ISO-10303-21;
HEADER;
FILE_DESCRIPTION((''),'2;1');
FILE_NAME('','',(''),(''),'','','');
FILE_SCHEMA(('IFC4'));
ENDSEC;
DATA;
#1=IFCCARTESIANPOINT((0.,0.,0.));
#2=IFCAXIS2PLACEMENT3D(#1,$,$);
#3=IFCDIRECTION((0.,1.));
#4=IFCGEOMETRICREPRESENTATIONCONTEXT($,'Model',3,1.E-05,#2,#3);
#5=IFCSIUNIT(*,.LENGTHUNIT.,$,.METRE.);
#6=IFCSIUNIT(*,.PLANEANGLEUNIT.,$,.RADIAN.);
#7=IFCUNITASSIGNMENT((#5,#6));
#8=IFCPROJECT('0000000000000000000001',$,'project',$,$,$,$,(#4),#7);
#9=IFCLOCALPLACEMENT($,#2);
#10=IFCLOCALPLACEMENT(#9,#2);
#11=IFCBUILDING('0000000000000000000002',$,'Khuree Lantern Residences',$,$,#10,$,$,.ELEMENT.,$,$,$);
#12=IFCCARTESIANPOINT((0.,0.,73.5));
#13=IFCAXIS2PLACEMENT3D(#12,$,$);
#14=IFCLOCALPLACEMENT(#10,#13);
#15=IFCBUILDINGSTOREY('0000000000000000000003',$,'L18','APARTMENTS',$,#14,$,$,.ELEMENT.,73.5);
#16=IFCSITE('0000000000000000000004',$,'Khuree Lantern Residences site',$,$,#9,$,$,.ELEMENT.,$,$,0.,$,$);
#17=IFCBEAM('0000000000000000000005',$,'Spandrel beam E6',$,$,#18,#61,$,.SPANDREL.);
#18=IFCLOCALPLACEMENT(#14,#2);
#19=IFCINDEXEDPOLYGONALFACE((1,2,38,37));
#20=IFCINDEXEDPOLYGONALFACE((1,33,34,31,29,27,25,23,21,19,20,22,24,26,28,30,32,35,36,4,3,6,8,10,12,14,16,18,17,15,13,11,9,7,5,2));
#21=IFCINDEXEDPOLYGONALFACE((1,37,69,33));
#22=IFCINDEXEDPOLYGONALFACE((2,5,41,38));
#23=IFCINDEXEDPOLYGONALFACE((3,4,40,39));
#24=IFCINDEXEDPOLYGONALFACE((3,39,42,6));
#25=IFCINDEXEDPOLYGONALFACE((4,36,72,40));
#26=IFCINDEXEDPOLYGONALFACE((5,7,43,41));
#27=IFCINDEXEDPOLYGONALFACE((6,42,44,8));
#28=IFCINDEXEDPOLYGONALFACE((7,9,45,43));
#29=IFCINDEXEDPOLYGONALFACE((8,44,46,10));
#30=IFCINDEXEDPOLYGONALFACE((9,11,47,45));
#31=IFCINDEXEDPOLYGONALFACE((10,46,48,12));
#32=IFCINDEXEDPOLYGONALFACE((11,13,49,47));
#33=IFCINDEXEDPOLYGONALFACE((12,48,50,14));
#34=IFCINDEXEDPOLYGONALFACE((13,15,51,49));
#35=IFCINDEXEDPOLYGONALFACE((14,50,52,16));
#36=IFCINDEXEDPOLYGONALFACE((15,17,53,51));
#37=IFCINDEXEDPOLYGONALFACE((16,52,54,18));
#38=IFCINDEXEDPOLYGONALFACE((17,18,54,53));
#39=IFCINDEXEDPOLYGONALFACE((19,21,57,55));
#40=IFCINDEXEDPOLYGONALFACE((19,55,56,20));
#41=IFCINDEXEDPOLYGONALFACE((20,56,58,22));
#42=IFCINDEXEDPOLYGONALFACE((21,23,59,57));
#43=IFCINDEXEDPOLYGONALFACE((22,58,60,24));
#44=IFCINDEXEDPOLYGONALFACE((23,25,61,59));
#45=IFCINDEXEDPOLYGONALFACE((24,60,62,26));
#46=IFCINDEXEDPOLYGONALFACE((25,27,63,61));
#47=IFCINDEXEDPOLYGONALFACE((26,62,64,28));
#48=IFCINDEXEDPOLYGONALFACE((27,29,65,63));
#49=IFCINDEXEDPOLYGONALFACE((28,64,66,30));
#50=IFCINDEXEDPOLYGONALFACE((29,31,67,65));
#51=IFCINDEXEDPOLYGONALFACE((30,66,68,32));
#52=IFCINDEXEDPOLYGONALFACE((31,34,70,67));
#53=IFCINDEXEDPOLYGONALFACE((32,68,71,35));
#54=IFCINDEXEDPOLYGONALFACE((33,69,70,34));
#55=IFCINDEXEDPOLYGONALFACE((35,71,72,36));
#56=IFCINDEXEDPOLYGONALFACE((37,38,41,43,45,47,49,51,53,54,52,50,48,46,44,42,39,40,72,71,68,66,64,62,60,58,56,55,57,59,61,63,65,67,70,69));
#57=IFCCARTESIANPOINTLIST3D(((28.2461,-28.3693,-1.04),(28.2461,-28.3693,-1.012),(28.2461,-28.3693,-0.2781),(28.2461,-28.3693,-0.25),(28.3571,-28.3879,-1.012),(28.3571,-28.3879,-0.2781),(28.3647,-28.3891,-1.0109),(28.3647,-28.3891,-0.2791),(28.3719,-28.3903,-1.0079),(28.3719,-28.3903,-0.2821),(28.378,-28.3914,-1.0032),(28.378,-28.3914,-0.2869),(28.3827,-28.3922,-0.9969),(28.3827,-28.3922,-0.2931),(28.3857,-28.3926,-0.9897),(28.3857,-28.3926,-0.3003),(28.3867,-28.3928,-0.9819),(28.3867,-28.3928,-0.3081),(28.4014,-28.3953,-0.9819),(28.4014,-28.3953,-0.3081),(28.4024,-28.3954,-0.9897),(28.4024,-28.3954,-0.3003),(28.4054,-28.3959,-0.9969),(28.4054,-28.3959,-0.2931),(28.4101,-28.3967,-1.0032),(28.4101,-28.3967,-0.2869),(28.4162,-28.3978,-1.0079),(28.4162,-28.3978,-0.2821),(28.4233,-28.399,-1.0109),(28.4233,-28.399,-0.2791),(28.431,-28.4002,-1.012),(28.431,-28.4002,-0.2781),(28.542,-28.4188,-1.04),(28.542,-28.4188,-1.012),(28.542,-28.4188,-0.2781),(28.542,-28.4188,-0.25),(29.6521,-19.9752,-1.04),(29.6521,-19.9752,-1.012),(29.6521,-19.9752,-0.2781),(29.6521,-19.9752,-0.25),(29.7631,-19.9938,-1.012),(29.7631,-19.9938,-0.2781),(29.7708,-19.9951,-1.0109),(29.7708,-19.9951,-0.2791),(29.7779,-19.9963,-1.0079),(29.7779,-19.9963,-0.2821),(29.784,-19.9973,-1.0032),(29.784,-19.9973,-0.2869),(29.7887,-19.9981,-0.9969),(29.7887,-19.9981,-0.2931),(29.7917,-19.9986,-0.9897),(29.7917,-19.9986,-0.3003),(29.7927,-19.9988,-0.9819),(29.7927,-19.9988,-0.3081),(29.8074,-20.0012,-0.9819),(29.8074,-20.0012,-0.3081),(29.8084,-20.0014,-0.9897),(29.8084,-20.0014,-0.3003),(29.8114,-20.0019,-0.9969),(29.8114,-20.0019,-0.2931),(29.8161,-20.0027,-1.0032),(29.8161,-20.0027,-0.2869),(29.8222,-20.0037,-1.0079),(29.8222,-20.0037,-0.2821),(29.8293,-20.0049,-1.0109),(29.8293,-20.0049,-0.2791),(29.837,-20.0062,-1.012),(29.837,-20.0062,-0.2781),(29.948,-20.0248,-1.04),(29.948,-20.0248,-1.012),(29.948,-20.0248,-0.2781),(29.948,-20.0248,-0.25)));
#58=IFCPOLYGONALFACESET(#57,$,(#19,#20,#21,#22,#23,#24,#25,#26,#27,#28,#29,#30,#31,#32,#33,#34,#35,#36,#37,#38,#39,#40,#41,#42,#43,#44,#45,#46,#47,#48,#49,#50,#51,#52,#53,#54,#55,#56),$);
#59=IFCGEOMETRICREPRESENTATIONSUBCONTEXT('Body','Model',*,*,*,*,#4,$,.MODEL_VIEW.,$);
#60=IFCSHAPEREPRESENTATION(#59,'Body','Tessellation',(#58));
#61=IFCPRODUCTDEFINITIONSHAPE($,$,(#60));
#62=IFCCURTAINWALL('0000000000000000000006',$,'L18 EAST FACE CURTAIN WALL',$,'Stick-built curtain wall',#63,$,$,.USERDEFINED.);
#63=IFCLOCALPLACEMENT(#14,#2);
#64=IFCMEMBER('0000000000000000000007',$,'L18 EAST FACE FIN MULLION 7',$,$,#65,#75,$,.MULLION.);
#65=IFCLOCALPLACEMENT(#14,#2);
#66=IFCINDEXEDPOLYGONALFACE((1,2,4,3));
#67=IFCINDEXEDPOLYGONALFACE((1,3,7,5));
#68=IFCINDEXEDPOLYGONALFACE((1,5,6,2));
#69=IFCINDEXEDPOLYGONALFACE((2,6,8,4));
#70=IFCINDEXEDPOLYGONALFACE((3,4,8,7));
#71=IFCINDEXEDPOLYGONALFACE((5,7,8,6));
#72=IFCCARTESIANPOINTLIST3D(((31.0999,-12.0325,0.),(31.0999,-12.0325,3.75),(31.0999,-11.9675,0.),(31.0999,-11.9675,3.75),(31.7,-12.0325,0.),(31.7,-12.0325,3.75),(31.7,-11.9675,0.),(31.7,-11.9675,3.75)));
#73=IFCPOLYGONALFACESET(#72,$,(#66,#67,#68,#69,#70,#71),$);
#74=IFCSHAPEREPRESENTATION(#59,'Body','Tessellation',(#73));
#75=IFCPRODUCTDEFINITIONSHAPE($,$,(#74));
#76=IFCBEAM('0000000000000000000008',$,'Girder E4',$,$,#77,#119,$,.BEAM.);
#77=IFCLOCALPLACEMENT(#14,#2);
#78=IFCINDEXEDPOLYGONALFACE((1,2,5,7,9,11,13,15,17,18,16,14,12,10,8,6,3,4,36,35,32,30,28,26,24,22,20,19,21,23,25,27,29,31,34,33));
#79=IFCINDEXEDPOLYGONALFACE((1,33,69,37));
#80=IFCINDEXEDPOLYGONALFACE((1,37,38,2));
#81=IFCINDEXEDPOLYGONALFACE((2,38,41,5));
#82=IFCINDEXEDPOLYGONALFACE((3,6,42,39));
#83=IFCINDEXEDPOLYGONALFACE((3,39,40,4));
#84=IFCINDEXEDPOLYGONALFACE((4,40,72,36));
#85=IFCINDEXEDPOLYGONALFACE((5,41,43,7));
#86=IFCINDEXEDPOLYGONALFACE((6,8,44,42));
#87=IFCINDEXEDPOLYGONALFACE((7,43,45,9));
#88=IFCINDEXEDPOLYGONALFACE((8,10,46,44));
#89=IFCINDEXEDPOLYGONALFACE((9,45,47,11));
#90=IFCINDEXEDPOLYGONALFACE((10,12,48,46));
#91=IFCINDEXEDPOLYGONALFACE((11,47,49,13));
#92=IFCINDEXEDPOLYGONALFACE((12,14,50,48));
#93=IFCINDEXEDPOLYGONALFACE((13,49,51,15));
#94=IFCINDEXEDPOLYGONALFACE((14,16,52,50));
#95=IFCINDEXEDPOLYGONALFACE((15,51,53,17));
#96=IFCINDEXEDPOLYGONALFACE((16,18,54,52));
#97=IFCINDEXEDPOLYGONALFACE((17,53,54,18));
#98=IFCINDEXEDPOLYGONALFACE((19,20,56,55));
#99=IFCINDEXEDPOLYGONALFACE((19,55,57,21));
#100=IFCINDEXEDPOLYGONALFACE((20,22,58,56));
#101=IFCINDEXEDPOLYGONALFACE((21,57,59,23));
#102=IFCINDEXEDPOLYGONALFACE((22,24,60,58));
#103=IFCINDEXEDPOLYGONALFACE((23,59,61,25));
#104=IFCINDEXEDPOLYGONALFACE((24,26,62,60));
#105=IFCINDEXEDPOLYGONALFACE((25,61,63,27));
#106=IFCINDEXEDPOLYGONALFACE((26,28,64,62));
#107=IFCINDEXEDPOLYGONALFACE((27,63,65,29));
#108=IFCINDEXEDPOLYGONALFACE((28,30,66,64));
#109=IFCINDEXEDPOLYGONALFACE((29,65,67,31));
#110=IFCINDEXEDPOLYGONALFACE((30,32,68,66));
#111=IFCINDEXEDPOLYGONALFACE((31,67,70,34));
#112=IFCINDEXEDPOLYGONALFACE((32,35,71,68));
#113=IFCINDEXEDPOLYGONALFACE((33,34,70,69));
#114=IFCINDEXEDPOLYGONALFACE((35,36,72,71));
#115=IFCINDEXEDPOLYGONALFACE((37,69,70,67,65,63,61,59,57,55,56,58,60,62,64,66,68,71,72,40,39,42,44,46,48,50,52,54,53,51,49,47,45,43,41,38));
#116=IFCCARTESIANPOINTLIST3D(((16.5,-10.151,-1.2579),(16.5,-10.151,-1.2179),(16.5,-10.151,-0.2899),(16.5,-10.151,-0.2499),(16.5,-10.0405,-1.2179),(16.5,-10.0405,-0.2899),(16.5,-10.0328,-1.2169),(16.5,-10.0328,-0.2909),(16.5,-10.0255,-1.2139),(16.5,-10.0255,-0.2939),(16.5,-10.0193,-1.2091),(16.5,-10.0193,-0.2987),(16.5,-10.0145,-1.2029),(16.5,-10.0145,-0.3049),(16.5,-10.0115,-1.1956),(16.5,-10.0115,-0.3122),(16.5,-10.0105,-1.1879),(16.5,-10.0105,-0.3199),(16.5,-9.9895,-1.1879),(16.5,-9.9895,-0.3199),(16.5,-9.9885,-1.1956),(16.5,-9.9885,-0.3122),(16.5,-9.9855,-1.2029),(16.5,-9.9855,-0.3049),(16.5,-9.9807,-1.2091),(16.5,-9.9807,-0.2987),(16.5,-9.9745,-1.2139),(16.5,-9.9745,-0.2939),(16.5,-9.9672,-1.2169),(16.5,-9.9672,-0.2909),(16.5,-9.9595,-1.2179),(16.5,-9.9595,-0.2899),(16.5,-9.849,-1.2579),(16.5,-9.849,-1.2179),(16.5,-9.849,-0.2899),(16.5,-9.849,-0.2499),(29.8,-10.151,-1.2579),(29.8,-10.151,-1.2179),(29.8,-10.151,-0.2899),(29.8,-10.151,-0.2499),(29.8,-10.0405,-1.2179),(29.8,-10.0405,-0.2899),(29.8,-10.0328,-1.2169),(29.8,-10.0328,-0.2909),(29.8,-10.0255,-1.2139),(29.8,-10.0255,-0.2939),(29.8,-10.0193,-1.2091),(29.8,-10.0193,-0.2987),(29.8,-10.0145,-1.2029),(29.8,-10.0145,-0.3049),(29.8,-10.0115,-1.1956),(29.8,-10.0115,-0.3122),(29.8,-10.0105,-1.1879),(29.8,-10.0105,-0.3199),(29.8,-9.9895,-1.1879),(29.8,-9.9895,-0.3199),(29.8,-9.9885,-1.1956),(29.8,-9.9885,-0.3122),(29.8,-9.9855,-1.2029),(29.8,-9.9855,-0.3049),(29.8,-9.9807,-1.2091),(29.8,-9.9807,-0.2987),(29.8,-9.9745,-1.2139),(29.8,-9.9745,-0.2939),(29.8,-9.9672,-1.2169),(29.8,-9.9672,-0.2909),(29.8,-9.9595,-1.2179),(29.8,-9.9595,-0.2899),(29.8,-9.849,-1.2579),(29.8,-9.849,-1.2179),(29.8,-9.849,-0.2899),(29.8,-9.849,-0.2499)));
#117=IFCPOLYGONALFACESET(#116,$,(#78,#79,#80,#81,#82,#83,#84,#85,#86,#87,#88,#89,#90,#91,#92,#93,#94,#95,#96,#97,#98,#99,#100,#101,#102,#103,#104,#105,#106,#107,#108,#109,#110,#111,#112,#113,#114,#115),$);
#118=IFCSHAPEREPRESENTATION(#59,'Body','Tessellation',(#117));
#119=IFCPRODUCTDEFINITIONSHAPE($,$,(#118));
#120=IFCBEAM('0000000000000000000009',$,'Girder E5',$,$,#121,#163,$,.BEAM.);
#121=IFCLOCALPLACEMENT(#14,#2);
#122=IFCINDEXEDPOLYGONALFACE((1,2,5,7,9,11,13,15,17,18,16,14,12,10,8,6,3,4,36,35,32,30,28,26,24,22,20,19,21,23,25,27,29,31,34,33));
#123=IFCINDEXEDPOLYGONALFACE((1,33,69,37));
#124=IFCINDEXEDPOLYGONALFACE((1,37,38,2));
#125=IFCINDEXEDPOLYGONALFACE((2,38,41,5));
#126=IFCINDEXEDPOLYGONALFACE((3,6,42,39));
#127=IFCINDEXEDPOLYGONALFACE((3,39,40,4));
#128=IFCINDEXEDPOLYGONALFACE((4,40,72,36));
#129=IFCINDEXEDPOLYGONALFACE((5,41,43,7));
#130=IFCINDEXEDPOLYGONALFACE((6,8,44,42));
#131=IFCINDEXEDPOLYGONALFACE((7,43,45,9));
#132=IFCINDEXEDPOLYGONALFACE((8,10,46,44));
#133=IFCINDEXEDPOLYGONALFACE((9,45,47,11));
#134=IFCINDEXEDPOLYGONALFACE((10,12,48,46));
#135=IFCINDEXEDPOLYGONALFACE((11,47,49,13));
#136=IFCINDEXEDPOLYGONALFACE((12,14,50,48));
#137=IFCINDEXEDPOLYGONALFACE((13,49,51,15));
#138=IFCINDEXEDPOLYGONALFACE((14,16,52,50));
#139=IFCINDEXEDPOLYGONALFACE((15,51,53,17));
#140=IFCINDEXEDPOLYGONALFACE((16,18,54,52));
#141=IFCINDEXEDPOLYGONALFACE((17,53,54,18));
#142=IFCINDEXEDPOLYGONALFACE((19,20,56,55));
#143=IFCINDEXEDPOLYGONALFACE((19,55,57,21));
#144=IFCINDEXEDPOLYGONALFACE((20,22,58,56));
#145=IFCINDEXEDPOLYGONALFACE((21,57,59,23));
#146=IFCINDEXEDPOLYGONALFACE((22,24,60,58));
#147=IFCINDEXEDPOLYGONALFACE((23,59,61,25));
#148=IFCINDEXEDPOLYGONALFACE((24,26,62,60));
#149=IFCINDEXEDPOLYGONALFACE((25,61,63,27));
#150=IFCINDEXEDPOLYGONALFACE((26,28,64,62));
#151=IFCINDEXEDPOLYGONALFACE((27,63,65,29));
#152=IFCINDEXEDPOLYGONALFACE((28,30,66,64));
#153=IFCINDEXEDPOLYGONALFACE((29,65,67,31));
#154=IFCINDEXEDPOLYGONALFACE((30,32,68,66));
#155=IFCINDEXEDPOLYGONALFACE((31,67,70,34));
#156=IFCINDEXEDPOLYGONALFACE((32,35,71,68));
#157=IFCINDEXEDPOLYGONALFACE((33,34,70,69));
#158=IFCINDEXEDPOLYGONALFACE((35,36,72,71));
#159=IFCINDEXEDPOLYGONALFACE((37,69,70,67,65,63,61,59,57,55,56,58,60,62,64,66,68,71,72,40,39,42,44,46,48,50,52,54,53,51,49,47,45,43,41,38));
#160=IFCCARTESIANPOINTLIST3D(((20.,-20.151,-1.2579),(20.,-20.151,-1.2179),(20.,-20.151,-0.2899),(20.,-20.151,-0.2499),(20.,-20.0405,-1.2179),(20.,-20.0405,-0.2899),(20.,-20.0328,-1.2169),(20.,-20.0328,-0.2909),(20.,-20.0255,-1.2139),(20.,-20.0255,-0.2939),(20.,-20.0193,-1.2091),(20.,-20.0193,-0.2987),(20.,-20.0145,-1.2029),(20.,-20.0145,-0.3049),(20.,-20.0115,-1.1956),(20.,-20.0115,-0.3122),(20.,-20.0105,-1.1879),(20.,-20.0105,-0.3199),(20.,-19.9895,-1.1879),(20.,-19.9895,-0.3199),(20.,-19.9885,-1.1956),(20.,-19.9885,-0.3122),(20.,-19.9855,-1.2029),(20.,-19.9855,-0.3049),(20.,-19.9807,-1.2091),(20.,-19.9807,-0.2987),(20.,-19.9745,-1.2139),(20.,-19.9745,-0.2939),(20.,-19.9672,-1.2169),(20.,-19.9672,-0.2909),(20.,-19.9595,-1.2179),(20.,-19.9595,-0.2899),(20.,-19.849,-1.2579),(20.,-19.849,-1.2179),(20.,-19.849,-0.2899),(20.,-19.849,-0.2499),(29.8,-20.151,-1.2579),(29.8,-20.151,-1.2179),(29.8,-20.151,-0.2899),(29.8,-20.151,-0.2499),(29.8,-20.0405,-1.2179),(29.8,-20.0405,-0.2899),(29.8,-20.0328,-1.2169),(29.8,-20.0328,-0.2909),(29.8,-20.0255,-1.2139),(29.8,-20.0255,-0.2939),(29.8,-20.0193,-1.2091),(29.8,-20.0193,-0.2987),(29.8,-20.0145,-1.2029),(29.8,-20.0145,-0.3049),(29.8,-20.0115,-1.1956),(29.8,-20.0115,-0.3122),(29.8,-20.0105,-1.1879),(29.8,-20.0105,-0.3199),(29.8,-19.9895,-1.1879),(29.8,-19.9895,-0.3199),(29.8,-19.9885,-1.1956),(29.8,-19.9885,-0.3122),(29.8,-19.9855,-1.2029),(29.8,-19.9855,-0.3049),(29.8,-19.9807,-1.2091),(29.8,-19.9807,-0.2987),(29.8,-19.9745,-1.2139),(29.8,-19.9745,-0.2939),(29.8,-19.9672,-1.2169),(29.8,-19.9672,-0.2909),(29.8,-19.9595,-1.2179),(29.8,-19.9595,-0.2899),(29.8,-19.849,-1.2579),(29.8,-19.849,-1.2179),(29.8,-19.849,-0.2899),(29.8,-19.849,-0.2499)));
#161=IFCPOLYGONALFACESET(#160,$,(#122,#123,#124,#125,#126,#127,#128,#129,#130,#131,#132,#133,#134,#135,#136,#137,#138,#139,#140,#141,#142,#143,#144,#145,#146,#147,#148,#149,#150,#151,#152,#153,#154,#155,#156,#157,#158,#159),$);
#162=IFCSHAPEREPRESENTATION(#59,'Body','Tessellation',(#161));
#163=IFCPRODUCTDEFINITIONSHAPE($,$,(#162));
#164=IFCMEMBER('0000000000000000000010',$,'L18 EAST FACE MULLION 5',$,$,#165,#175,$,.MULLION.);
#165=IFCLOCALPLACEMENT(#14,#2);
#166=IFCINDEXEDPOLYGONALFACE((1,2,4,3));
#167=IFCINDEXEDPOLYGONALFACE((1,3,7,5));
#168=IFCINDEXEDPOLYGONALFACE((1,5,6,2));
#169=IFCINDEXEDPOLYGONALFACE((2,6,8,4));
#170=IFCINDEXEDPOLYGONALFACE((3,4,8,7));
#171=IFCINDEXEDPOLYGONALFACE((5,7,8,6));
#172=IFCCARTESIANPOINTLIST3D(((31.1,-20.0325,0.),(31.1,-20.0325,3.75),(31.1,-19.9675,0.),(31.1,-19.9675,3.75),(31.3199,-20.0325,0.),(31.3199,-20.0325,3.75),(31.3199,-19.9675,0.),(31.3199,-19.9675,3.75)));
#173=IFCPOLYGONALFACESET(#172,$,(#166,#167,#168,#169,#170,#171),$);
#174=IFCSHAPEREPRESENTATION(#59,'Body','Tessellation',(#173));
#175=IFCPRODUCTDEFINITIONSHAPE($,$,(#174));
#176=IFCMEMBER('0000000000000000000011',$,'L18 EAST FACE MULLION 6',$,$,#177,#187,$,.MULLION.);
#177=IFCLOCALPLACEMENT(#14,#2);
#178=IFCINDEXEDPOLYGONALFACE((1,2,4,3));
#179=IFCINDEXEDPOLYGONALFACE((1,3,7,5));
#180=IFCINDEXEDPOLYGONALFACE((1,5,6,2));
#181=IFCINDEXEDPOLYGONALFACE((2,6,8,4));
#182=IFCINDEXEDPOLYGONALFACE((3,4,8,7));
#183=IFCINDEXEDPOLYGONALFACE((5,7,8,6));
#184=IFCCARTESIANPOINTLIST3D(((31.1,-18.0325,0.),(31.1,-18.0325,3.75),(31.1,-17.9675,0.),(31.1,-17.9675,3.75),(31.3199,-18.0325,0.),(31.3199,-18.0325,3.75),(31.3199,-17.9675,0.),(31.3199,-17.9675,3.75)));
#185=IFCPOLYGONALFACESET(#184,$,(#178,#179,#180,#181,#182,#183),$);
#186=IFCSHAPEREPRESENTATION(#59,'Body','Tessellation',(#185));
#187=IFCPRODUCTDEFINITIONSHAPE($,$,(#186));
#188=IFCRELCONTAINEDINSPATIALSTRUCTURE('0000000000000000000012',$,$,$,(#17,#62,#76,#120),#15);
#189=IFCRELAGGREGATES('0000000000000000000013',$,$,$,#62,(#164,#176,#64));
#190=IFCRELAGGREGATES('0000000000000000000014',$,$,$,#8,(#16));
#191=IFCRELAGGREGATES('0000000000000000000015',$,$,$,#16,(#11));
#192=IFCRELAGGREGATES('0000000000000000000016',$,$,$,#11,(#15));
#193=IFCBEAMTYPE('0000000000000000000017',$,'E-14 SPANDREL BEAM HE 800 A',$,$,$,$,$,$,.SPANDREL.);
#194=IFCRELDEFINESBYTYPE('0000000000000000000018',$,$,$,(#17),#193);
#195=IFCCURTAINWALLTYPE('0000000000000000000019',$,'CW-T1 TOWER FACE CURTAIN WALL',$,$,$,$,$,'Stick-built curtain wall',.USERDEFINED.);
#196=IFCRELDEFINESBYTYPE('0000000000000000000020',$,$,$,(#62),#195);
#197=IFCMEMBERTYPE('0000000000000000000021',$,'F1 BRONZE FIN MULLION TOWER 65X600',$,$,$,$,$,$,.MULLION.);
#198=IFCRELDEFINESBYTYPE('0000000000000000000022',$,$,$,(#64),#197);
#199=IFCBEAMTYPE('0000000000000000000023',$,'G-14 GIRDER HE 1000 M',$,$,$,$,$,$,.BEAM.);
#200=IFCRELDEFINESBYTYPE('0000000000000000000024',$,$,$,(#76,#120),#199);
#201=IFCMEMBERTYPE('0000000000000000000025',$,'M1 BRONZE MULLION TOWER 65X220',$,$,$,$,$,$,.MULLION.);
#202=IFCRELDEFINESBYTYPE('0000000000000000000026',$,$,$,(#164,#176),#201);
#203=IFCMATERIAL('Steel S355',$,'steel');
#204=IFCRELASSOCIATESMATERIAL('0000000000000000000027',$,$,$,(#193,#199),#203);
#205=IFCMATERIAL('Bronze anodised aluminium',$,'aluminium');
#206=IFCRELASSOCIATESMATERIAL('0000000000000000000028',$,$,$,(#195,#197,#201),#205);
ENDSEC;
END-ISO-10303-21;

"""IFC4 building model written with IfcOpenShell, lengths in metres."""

from ifc_helpers import new_model, si_unit, direction, frame, origin, origin_2d, place, context, subcontext, project, spatial, rectangle, i_section, extrude, material, material_profile, profile_set, type_object, element, aggregate, save


model = new_model("IFC4")

# Units and contexts
model_context = context("Model", 3, precision=1e-05, world=origin(), true_north=direction((0.0, 1.0)))
body_context = subcontext(model_context, "Body", "Model", "MODEL_VIEW")
ifc_project = project(units=[si_unit("LENGTHUNIT", "METRE"), si_unit("PLANEANGLEUNIT", "RADIAN")], contexts=[model_context])

# Site, building, storey
site_placement = place(None, origin())
site = spatial("IfcSite", under=ifc_project, at=site_placement, Name="Khuree Lantern Residences site", CompositionType="ELEMENT", RefElevation=0.0)
building_placement = place(site_placement, origin())
building = spatial("IfcBuilding", under=site, at=building_placement, Name="Khuree Lantern Residences", CompositionType="ELEMENT")
storey_placement = place(building_placement, frame((0.0, 0.0, 73.5)))
storey = spatial("IfcBuildingStorey", under=building, at=storey_placement, Name="L18", Description="APARTMENTS", CompositionType="ELEMENT", Elevation=73.5)

# Beam
ifc_material_1 = material(Name="Steel S355", Category="steel")
ifc_material_profile_1 = material_profile(ifc_material_1, i_section(OverallWidth=0.3, OverallDepth=0.79, WebThickness=0.0149, FlangeThickness=0.0281, FilletRadius=0.03, at=origin_2d()), Name="HE 800 A")
ifc_profile_set_1 = profile_set([ifc_material_profile_1], Name="Steel S355")
beam_type_1 = type_object("IfcBeamType", Name="E-14 SPANDREL BEAM HE 800 A", PredefinedType="SPANDREL", material=ifc_profile_set_1)
beam_1_placement = place(storey_placement, frame((29.8, -20.0, -0.645), z_axis=(-0.165199, -0.98626, 0.0), x_axis=(0.98626, -0.165199, 0.0)))
element("IfcBeam", 1, at=beam_1_placement, inside=storey, type_object=beam_type_1, Name="Spandrel beam E6", PredefinedType="SPANDREL", context=body_context, shape_type="SweptSolid", body=[
    extrude(i_section(OverallWidth=0.3, OverallDepth=0.79, WebThickness=0.0149, FlangeThickness=0.0281, FilletRadius=0.03, at=origin_2d()), origin(), (0.0, 0.0, 1.0), 8.511),
])

# Curtain wall, member
ifc_material_2 = material(Name="Bronze anodised aluminium", Category="aluminium")
curtain_wall_type = type_object("IfcCurtainWallType", Name="CW-T1 TOWER FACE CURTAIN WALL", ElementType="Stick-built curtain wall", PredefinedType="USERDEFINED", material=ifc_material_2)
curtain_wall_placement = place(storey_placement, origin())
curtain_wall = element("IfcCurtainWall", 2, at=curtain_wall_placement, inside=storey, type_object=curtain_wall_type, Name="L18 EAST FACE CURTAIN WALL", ObjectType="Stick-built curtain wall", PredefinedType="USERDEFINED")
ifc_material_profile_2 = material_profile(ifc_material_2, rectangle(XDim=0.0649, YDim=0.6001, at=origin_2d()), Name="F1 65X600")
ifc_profile_set_2 = profile_set([ifc_material_profile_2], Name="Bronze anodised aluminium")
member_type_1 = type_object("IfcMemberType", Name="F1 BRONZE FIN MULLION TOWER 65X600", PredefinedType="MULLION", material=ifc_profile_set_2)
member_1_placement = place(storey_placement, frame((31.3999, -12.0, 0.0), z_axis=(0.0, 0.0, 1.0), x_axis=(0.0, 1.0, 0.0)))
member_1 = element("IfcMember", 3, at=member_1_placement, type_object=member_type_1, Name="L18 EAST FACE FIN MULLION 7", PredefinedType="MULLION", context=body_context, shape_type="SweptSolid", body=[
    extrude(rectangle(XDim=0.0649, YDim=0.6001, at=origin_2d()), origin(), (0.0, 0.0, 1.0), 3.75),
])

# Beams
ifc_material_profile_3 = material_profile(ifc_material_1, i_section(OverallWidth=0.302, OverallDepth=1.0081, WebThickness=0.021, FlangeThickness=0.04, FilletRadius=0.03, at=origin_2d()), Name="HE 1000 M")
ifc_profile_set_3 = profile_set([ifc_material_profile_3], Name="Steel S355")
beam_type_2 = type_object("IfcBeamType", Name="G-14 GIRDER HE 1000 M", PredefinedType="BEAM", material=ifc_profile_set_3)
beam_2_placement = place(storey_placement, frame((29.8, -10.0, -0.7539), z_axis=(-1.0, 0.0, 0.0), x_axis=(0.0, -1.0, 0.0)))
element("IfcBeam", 4, at=beam_2_placement, inside=storey, type_object=beam_type_2, Name="Girder E4", PredefinedType="BEAM", context=body_context, shape_type="SweptSolid", body=[
    extrude(i_section(OverallWidth=0.302, OverallDepth=1.0081, WebThickness=0.021, FlangeThickness=0.04, FilletRadius=0.03, at=origin_2d()), origin(), (0.0, 0.0, 1.0), 13.3),
])
beam_3_placement = place(storey_placement, frame((29.8, -20.0, -0.7539), z_axis=(-1.0, 0.0, 0.0), x_axis=(0.0, -1.0, 0.0)))
element("IfcBeam", 5, at=beam_3_placement, inside=storey, type_object=beam_type_2, Name="Girder E5", PredefinedType="BEAM", context=body_context, shape_type="SweptSolid", body=[
    extrude(i_section(OverallWidth=0.302, OverallDepth=1.0081, WebThickness=0.021, FlangeThickness=0.04, FilletRadius=0.03, at=origin_2d()), origin(), (0.0, 0.0, 1.0), 9.8),
])

# Members
ifc_material_profile_4 = material_profile(ifc_material_2, rectangle(XDim=0.0649, YDim=0.22, at=origin_2d()), Name="M1 65X220")
ifc_profile_set_4 = profile_set([ifc_material_profile_4], Name="Bronze anodised aluminium")
member_type_2 = type_object("IfcMemberType", Name="M1 BRONZE MULLION TOWER 65X220", PredefinedType="MULLION", material=ifc_profile_set_4)
member_2_placement = place(storey_placement, frame((31.21, -20.0, 0.0), z_axis=(0.0, 0.0, 1.0), x_axis=(0.0, 1.0, 0.0)))
member_2 = element("IfcMember", 6, at=member_2_placement, type_object=member_type_2, Name="L18 EAST FACE MULLION 5", PredefinedType="MULLION", context=body_context, shape_type="SweptSolid", body=[
    extrude(rectangle(XDim=0.0649, YDim=0.22, at=origin_2d()), origin(), (0.0, 0.0, 1.0), 3.75),
])
member_3_placement = place(storey_placement, frame((31.21, -18.0, 0.0), z_axis=(0.0, 0.0, 1.0), x_axis=(0.0, 1.0, 0.0)))
member_3 = element("IfcMember", 7, at=member_3_placement, type_object=member_type_2, Name="L18 EAST FACE MULLION 6", PredefinedType="MULLION", context=body_context, shape_type="SweptSolid", body=[
    extrude(rectangle(XDim=0.0649, YDim=0.22, at=origin_2d()), origin(), (0.0, 0.0, 1.0), 3.75),
])

aggregate(curtain_wall, [member_2, member_3, member_1])

save(model, "model.ifc")
